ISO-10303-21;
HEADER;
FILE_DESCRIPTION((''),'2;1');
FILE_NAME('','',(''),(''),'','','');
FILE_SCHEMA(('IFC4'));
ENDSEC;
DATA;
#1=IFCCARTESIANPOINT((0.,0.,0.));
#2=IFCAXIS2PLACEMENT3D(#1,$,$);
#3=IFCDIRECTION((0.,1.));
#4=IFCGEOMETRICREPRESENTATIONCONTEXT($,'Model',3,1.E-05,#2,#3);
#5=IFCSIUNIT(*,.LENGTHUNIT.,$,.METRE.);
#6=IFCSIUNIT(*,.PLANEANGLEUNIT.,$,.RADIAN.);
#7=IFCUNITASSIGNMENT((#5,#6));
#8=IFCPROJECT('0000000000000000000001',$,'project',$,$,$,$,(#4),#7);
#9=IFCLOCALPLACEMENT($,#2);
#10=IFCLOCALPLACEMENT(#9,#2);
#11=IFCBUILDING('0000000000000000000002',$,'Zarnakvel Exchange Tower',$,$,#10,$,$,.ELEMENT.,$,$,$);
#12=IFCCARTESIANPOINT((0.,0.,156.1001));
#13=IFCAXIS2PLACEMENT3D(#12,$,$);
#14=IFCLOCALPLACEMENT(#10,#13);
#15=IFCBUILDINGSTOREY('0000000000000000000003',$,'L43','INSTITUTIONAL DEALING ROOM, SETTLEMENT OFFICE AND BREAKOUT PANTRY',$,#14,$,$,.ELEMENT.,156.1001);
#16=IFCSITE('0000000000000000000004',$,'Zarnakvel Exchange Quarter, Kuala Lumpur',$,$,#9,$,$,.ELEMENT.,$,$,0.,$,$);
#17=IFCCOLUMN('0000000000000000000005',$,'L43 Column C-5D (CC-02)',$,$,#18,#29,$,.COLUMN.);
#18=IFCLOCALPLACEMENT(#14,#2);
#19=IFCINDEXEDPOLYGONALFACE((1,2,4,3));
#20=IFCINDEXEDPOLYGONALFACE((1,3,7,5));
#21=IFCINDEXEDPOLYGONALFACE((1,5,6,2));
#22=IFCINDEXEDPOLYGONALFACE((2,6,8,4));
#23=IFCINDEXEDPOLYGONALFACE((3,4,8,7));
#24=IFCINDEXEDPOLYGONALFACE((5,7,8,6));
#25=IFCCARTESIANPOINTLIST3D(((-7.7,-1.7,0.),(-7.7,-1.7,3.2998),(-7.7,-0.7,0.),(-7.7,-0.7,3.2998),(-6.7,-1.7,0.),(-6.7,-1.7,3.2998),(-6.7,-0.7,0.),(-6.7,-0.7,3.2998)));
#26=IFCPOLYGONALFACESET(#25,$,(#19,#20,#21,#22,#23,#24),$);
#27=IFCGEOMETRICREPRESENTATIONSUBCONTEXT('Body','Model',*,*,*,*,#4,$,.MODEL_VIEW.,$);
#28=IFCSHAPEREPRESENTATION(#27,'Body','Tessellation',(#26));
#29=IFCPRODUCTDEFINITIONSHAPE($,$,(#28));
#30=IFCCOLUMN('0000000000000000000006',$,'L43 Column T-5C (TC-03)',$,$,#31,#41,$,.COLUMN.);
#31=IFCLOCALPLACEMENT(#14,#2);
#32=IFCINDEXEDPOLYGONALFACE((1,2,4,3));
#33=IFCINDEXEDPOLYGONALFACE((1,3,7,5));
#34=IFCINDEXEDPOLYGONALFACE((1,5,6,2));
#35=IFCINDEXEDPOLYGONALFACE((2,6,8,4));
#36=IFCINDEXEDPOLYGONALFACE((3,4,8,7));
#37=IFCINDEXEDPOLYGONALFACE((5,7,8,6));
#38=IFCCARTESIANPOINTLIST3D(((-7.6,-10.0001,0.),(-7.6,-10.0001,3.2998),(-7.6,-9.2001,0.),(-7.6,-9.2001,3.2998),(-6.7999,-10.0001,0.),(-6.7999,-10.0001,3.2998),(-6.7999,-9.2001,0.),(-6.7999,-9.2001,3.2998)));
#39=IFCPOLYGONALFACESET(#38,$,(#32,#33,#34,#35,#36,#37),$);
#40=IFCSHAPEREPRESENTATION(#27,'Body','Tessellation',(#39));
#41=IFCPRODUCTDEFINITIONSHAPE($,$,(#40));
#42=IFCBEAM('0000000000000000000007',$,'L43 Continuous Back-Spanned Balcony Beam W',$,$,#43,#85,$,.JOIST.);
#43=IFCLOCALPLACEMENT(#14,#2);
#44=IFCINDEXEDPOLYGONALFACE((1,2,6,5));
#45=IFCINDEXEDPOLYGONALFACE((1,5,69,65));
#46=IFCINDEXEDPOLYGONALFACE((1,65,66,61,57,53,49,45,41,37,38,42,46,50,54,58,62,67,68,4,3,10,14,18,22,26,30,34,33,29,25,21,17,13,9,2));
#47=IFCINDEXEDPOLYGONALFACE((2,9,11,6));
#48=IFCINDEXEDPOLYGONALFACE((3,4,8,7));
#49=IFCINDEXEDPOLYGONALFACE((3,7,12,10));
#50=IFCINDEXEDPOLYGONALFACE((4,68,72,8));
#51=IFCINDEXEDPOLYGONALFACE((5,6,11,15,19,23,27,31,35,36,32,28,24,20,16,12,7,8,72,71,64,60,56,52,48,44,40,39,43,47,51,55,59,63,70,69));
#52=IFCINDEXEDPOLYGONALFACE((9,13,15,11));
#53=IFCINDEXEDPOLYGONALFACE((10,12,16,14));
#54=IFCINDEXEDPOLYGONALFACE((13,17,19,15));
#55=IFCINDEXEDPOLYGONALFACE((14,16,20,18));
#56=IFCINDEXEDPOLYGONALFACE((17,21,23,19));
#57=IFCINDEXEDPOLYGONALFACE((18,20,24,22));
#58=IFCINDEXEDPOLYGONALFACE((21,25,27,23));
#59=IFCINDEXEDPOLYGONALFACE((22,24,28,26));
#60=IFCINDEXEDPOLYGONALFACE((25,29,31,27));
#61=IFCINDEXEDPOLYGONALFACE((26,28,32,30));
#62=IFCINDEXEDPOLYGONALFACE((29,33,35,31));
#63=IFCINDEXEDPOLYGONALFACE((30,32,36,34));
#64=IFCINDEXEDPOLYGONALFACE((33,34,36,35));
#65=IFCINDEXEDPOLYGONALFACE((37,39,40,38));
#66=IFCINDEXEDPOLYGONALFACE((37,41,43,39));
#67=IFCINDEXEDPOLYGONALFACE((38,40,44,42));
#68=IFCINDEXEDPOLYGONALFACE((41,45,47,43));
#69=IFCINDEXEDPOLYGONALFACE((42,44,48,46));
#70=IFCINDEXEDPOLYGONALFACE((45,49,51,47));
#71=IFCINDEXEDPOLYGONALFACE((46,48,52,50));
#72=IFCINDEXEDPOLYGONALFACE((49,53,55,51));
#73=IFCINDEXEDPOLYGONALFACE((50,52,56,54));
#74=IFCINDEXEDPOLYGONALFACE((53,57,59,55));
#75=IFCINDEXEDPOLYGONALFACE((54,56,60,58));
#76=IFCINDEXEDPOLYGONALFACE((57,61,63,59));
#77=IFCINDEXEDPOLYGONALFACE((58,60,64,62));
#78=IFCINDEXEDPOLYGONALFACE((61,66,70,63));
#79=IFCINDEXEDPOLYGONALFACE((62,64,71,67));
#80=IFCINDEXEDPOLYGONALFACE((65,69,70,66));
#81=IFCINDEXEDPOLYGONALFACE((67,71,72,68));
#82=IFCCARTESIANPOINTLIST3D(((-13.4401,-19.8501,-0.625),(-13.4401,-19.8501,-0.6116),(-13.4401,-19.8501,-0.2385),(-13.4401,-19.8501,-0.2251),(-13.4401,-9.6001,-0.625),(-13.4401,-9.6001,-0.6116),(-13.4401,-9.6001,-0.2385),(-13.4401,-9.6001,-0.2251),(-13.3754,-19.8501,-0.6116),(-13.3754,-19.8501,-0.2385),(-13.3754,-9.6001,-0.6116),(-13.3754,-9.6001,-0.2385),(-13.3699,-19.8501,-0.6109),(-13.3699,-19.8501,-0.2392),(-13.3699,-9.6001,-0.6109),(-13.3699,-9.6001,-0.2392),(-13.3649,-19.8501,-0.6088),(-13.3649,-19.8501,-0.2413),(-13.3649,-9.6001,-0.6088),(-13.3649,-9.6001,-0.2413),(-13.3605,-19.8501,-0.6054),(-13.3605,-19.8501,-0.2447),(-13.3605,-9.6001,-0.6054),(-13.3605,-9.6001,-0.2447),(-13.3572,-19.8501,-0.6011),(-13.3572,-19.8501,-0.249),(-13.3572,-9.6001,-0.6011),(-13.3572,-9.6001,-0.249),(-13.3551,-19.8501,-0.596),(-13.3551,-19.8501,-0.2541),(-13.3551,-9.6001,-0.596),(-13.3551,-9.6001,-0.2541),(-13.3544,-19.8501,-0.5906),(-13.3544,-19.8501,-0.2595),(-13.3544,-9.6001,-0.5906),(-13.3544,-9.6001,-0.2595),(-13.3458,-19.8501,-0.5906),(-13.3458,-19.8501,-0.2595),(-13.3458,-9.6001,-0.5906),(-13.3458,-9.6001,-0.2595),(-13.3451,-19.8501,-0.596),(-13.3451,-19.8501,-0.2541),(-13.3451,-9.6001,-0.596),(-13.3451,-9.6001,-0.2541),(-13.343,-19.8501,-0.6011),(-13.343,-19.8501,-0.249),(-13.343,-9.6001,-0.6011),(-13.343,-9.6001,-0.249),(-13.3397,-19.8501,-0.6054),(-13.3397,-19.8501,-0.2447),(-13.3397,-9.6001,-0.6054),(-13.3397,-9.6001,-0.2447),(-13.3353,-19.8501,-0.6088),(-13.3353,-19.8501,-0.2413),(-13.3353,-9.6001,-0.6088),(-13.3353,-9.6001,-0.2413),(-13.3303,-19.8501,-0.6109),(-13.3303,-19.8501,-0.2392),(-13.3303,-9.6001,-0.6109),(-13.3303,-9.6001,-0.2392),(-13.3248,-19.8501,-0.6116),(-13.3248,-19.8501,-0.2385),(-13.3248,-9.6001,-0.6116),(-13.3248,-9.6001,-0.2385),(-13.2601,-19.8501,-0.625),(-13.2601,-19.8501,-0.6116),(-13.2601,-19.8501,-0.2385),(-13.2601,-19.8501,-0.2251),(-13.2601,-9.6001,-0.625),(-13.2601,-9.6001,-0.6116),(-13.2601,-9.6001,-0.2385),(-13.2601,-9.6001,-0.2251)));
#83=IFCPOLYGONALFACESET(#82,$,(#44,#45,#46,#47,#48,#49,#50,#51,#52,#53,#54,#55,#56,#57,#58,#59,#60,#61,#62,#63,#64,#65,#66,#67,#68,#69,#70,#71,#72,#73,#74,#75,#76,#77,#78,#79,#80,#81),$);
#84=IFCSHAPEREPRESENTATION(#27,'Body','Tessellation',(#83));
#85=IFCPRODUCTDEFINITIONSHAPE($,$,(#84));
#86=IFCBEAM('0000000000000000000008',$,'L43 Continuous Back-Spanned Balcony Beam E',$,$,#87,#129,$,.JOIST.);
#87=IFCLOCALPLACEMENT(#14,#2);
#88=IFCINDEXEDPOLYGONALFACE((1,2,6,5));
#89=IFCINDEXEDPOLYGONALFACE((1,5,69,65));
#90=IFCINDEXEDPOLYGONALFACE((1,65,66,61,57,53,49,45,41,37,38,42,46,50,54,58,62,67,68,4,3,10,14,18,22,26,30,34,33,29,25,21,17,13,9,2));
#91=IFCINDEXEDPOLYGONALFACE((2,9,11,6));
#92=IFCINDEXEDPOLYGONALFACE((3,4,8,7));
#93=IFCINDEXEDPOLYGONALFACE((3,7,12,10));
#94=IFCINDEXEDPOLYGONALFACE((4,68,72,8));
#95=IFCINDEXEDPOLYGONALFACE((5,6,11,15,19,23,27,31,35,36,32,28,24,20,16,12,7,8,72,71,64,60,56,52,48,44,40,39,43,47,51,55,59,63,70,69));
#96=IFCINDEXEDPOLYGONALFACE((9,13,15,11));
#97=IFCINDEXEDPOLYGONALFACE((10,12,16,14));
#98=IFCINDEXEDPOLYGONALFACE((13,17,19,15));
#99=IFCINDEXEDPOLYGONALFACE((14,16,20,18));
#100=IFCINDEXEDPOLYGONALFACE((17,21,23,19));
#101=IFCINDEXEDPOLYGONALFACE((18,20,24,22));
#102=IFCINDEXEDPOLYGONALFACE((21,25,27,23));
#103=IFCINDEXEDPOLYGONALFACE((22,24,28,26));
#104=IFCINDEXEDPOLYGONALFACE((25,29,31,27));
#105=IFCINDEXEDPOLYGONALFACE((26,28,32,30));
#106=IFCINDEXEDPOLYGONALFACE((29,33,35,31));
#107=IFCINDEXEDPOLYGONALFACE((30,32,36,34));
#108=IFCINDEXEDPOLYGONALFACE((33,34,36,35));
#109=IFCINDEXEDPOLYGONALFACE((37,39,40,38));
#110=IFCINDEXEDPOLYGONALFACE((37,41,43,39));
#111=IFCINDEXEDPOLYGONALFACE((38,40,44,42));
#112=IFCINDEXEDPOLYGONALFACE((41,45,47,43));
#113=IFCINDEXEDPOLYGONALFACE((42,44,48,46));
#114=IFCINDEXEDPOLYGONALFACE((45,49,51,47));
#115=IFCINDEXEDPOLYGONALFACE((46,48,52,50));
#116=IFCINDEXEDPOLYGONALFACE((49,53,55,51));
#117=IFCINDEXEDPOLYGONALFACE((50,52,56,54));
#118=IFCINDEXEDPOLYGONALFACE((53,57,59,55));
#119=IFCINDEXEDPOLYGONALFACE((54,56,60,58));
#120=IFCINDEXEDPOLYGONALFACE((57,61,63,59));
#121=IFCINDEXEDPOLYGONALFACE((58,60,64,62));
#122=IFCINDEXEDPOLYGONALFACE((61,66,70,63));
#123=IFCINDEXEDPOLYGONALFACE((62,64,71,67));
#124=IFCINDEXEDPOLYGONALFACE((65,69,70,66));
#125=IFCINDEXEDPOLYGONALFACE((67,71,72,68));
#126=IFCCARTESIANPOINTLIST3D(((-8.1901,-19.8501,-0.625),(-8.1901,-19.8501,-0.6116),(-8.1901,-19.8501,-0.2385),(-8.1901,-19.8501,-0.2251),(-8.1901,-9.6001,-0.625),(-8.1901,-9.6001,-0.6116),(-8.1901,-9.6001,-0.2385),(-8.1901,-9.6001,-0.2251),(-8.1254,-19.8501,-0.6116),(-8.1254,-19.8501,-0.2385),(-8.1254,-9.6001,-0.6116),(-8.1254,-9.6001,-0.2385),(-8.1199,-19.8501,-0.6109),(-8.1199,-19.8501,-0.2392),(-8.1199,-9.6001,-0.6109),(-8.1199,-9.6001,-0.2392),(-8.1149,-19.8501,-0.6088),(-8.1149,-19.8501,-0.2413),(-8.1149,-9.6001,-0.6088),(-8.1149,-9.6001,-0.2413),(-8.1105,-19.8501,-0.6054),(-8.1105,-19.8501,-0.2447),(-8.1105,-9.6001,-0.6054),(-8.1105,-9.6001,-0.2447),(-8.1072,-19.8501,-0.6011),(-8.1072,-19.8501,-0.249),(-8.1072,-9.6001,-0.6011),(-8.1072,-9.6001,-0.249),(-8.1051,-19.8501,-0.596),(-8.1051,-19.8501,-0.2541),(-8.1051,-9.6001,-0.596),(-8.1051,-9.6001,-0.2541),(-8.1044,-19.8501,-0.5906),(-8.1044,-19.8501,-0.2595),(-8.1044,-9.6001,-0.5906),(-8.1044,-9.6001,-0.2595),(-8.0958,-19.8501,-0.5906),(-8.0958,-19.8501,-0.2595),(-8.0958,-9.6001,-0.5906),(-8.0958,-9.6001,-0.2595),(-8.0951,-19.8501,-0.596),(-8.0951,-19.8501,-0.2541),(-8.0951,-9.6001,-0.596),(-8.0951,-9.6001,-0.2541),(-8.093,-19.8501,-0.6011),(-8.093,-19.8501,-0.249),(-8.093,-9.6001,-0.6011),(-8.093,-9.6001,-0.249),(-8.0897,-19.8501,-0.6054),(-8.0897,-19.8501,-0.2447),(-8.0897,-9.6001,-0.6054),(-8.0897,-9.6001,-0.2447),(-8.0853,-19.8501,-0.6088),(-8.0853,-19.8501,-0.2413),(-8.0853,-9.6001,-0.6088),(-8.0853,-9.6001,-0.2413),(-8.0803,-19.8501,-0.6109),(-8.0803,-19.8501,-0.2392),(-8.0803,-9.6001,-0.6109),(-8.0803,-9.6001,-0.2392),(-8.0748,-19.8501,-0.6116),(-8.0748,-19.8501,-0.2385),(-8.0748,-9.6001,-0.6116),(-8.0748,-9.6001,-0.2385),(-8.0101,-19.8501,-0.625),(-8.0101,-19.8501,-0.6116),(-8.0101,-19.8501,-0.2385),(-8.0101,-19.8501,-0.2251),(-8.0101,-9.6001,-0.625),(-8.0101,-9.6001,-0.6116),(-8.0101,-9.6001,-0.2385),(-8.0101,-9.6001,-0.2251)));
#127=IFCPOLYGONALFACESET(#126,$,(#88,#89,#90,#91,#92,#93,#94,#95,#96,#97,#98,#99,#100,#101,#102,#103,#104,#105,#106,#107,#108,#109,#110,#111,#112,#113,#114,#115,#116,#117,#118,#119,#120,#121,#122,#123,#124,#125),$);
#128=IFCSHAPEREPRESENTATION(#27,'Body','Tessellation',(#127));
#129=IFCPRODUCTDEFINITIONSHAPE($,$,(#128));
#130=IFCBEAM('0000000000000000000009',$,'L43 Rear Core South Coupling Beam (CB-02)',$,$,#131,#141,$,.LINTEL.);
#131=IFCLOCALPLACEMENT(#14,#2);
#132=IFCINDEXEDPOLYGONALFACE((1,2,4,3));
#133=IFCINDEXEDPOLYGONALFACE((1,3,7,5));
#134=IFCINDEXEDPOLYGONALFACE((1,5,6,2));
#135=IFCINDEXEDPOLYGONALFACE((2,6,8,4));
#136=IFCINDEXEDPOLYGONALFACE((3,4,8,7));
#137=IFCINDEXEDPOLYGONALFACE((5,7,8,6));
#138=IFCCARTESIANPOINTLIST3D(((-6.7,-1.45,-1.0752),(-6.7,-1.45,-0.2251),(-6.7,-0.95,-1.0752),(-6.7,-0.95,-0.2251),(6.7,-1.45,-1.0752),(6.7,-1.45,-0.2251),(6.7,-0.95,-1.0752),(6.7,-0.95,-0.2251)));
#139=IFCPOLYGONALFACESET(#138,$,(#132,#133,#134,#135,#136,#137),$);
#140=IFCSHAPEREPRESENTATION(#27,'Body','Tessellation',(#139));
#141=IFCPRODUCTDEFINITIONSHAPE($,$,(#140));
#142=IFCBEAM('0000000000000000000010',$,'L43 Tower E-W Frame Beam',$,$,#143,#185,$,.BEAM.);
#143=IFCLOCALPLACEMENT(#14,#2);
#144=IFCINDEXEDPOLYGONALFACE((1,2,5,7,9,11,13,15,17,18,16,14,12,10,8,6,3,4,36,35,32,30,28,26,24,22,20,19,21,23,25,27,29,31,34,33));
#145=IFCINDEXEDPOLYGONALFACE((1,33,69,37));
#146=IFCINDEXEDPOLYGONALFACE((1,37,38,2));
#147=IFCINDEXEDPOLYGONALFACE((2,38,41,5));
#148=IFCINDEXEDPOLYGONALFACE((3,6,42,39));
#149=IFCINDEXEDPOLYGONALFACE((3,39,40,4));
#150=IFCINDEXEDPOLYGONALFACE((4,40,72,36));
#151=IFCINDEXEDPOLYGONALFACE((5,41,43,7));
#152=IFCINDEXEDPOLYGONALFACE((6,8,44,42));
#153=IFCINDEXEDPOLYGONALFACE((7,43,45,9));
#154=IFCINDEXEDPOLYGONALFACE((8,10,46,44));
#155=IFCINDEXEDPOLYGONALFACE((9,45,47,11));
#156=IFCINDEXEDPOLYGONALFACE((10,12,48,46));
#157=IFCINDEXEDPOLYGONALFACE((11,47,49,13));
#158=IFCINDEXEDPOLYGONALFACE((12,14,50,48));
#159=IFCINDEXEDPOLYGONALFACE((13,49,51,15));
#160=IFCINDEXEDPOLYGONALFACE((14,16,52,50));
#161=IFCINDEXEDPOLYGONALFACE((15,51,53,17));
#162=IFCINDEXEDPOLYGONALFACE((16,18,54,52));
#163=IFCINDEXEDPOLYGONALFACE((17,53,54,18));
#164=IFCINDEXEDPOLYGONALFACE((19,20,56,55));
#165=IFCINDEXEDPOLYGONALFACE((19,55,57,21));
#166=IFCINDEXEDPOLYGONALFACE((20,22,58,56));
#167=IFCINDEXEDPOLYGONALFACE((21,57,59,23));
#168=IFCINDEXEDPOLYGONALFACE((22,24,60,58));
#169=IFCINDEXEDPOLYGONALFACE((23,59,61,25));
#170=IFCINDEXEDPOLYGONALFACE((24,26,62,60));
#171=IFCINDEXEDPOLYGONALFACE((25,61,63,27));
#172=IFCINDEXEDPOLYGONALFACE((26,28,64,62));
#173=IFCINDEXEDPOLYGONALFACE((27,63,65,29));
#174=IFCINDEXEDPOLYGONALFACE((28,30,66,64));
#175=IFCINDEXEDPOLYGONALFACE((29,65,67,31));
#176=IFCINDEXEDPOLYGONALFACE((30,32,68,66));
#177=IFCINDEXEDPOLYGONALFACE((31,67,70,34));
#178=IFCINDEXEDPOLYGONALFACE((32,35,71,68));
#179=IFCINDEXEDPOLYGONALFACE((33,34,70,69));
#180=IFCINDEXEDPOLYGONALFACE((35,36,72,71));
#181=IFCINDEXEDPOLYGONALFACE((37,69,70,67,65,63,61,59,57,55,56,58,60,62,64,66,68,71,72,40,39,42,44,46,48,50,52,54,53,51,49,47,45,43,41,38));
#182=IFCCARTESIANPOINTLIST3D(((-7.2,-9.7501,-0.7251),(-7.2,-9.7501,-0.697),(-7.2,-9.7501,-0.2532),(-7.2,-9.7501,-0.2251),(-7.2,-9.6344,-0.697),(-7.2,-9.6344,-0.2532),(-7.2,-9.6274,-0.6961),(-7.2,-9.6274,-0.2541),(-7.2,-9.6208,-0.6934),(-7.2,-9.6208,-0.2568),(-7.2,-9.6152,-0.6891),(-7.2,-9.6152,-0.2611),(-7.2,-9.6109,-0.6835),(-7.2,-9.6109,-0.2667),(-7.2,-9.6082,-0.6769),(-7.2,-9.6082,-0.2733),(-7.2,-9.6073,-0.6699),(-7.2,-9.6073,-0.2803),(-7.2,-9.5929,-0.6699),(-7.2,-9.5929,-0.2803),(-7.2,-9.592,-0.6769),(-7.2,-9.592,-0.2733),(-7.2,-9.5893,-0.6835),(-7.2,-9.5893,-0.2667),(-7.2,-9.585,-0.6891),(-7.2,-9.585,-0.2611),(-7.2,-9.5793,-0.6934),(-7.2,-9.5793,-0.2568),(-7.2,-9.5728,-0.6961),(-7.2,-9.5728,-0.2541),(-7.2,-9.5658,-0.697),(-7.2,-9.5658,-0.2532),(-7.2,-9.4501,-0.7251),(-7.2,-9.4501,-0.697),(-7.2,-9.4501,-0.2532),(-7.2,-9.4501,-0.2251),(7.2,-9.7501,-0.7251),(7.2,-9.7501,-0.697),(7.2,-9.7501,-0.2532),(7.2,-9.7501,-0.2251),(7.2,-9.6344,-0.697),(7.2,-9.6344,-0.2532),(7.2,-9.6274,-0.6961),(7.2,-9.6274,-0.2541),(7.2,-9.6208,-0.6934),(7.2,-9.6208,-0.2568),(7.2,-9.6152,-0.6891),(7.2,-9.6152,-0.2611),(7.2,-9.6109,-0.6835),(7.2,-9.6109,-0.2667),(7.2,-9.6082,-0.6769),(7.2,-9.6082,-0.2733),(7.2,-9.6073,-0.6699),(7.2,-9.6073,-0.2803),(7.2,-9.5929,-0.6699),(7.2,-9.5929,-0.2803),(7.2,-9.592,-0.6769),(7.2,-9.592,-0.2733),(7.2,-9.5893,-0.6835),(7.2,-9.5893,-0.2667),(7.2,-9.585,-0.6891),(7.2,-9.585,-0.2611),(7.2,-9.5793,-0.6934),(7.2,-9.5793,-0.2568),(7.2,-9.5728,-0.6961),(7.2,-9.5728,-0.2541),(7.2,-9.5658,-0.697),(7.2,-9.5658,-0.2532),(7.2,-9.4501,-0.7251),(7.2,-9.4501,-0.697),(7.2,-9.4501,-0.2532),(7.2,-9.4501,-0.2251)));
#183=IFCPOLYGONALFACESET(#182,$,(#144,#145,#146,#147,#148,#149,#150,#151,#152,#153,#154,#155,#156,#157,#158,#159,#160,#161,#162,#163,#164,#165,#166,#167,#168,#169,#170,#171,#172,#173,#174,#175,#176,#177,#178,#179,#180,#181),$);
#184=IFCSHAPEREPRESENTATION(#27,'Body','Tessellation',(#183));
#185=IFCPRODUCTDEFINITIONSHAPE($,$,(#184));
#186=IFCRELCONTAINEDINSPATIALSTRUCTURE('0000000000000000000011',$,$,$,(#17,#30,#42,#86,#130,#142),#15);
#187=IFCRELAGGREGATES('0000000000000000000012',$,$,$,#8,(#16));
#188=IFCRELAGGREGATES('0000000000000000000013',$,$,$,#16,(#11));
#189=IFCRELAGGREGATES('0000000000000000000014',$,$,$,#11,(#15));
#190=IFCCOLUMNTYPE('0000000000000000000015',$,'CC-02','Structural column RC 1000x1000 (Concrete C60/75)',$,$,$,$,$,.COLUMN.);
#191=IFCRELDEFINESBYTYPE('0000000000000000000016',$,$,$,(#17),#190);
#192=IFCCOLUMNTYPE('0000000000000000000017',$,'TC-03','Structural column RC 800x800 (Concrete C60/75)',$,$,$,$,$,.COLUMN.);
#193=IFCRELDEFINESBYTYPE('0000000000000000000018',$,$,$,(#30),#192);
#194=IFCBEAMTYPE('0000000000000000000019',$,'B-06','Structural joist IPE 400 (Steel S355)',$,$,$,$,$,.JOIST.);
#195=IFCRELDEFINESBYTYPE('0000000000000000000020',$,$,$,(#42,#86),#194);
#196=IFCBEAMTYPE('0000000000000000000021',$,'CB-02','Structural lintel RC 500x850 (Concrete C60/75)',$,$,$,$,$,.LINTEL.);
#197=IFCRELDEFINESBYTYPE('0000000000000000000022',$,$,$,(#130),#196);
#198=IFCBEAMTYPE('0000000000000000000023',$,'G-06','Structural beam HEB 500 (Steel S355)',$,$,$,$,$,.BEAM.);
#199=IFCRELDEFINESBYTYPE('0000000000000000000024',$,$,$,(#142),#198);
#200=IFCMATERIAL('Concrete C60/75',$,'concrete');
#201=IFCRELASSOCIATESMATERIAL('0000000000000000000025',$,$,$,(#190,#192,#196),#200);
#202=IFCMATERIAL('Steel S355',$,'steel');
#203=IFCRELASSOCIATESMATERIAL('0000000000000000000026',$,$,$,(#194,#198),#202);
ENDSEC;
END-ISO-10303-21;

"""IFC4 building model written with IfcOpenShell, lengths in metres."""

from ifc_helpers import new_model, si_unit, direction, frame, origin, origin_2d, place, context, subcontext, project, spatial, rectangle, i_section, extrude, material, material_profile, profile_set, type_object, element, save


model = new_model("IFC4")

# Units and contexts
model_context = context("Model", 3, precision=1e-05, world=origin(), true_north=direction((0.0, 1.0)))
body_context = subcontext(model_context, "Body", "Model", "MODEL_VIEW")
ifc_project = project(units=[si_unit("LENGTHUNIT", "METRE"), si_unit("PLANEANGLEUNIT", "RADIAN")], contexts=[model_context])

# Site, building, storey
site_placement = place(None, origin())
site = spatial("IfcSite", under=ifc_project, at=site_placement, Name="Zarnakvel Exchange Quarter, Kuala Lumpur", CompositionType="ELEMENT", RefElevation=0.0)
building_placement = place(site_placement, origin())
building = spatial("IfcBuilding", under=site, at=building_placement, Name="Zarnakvel Exchange Tower", CompositionType="ELEMENT")
storey_placement = place(building_placement, frame((0.0, 0.0, 156.1001)))
storey = spatial("IfcBuildingStorey", under=building, at=storey_placement, Name="L43", Description="INSTITUTIONAL DEALING ROOM, SETTLEMENT OFFICE AND BREAKOUT PANTRY", CompositionType="ELEMENT", Elevation=156.1001)

# Columns
ifc_material_1 = material(Name="Concrete C60/75", Category="concrete")
ifc_material_profile_1 = material_profile(ifc_material_1, rectangle(XDim=1.0, YDim=1.0, at=origin_2d()))
ifc_profile_set_1 = profile_set([ifc_material_profile_1], Name="Concrete C60/75")
column_type_1 = type_object("IfcColumnType", Name="CC-02", Description="Structural column RC 1000x1000 (Concrete C60/75)", PredefinedType="COLUMN", material=ifc_profile_set_1)
column_1_placement = place(storey_placement, frame((-7.2, -1.2, 0.0), z_axis=(0.0, 0.0, 1.0), x_axis=(1.0, 0.0, 0.0)))
element("IfcColumn", 1, at=column_1_placement, inside=storey, type_object=column_type_1, Name="L43 Column C-5D (CC-02)", PredefinedType="COLUMN", context=body_context, shape_type="SweptSolid", body=[
    extrude(rectangle(XDim=1.0, YDim=1.0, at=origin_2d()), origin(), (0.0, 0.0, 1.0), 3.2998),
])
ifc_material_profile_2 = material_profile(ifc_material_1, rectangle(XDim=0.8, YDim=0.8, at=origin_2d()))
ifc_profile_set_2 = profile_set([ifc_material_profile_2], Name="Concrete C60/75")
column_type_2 = type_object("IfcColumnType", Name="TC-03", Description="Structural column RC 800x800 (Concrete C60/75)", PredefinedType="COLUMN", material=ifc_profile_set_2)
column_2_placement = place(storey_placement, frame((-7.2, -9.6001, 0.0), z_axis=(0.0, 0.0, 1.0), x_axis=(1.0, 0.0, 0.0)))
element("IfcColumn", 2, at=column_2_placement, inside=storey, type_object=column_type_2, Name="L43 Column T-5C (TC-03)", PredefinedType="COLUMN", context=body_context, shape_type="SweptSolid", body=[
    extrude(rectangle(XDim=0.8, YDim=0.8, at=origin_2d()), origin(), (0.0, 0.0, 1.0), 3.2998),
])

# Beams
ifc_material_2 = material(Name="Steel S355", Category="steel")
ifc_material_profile_3 = material_profile(ifc_material_2, i_section(OverallWidth=0.1799, OverallDepth=0.3999, WebThickness=0.0085, FlangeThickness=0.0134, FilletRadius=0.021, at=origin_2d()))
ifc_profile_set_3 = profile_set([ifc_material_profile_3], Name="Steel S355")
beam_type_1 = type_object("IfcBeamType", Name="B-06", Description="Structural joist IPE 400 (Steel S355)", PredefinedType="JOIST", material=ifc_profile_set_3)
for number, where, z_axis, x_axis, name in (
    (3, (-13.3501, -9.6001, -0.425), (0.0, -1.0, 0.0), (1.0, 0.0, 0.0), "L43 Continuous Back-Spanned Balcony Beam W"),
    (4, (-8.1001, -9.6001, -0.425), (0.0, -1.0, 0.0), (1.0, 0.0, 0.0), "L43 Continuous Back-Spanned Balcony Beam E"),
):
    element("IfcBeam", number, at=place(storey_placement, frame(where, z_axis=z_axis, x_axis=x_axis)), inside=storey, type_object=beam_type_1, Name=name, PredefinedType="JOIST", context=body_context, shape_type="SweptSolid", body=[
        extrude(i_section(OverallWidth=0.1799, OverallDepth=0.3999, WebThickness=0.0085, FlangeThickness=0.0134, FilletRadius=0.021, at=origin_2d()), origin(), (0.0, 0.0, 1.0), 10.25),
    ])
ifc_material_profile_4 = material_profile(ifc_material_1, rectangle(XDim=0.5, YDim=0.8501, at=origin_2d()))
ifc_profile_set_4 = profile_set([ifc_material_profile_4], Name="Concrete C60/75")
beam_type_2 = type_object("IfcBeamType", Name="CB-02", Description="Structural lintel RC 500x850 (Concrete C60/75)", PredefinedType="LINTEL", material=ifc_profile_set_4)
beam_1_placement = place(storey_placement, frame((-6.7, -1.2, -0.6501), z_axis=(1.0, 0.0, 0.0), x_axis=(0.0, 1.0, 0.0)))
element("IfcBeam", 5, at=beam_1_placement, inside=storey, type_object=beam_type_2, Name="L43 Rear Core South Coupling Beam (CB-02)", PredefinedType="LINTEL", context=body_context, shape_type="SweptSolid", body=[
    extrude(rectangle(XDim=0.5, YDim=0.8501, at=origin_2d()), origin(), (0.0, 0.0, 1.0), 13.3999),
])
ifc_material_profile_5 = material_profile(ifc_material_2, i_section(OverallWidth=0.3, OverallDepth=0.5, WebThickness=0.0144, FlangeThickness=0.0281, FilletRadius=0.0271, at=origin_2d()))
ifc_profile_set_5 = profile_set([ifc_material_profile_5], Name="Steel S355")
beam_type_3 = type_object("IfcBeamType", Name="G-06", Description="Structural beam HEB 500 (Steel S355)", PredefinedType="BEAM", material=ifc_profile_set_5)
beam_2_placement = place(storey_placement, frame((-7.2, -9.6001, -0.4751), z_axis=(1.0, 0.0, 0.0), x_axis=(0.0, 1.0, 0.0)))
element("IfcBeam", 6, at=beam_2_placement, inside=storey, type_object=beam_type_3, Name="L43 Tower E-W Frame Beam", PredefinedType="BEAM", context=body_context, shape_type="SweptSolid", body=[
    extrude(i_section(OverallWidth=0.3, OverallDepth=0.5, WebThickness=0.0144, FlangeThickness=0.0281, FilletRadius=0.0271, at=origin_2d()), origin(), (0.0, 0.0, 1.0), 14.3999),
])

save(model, "model.ifc")
